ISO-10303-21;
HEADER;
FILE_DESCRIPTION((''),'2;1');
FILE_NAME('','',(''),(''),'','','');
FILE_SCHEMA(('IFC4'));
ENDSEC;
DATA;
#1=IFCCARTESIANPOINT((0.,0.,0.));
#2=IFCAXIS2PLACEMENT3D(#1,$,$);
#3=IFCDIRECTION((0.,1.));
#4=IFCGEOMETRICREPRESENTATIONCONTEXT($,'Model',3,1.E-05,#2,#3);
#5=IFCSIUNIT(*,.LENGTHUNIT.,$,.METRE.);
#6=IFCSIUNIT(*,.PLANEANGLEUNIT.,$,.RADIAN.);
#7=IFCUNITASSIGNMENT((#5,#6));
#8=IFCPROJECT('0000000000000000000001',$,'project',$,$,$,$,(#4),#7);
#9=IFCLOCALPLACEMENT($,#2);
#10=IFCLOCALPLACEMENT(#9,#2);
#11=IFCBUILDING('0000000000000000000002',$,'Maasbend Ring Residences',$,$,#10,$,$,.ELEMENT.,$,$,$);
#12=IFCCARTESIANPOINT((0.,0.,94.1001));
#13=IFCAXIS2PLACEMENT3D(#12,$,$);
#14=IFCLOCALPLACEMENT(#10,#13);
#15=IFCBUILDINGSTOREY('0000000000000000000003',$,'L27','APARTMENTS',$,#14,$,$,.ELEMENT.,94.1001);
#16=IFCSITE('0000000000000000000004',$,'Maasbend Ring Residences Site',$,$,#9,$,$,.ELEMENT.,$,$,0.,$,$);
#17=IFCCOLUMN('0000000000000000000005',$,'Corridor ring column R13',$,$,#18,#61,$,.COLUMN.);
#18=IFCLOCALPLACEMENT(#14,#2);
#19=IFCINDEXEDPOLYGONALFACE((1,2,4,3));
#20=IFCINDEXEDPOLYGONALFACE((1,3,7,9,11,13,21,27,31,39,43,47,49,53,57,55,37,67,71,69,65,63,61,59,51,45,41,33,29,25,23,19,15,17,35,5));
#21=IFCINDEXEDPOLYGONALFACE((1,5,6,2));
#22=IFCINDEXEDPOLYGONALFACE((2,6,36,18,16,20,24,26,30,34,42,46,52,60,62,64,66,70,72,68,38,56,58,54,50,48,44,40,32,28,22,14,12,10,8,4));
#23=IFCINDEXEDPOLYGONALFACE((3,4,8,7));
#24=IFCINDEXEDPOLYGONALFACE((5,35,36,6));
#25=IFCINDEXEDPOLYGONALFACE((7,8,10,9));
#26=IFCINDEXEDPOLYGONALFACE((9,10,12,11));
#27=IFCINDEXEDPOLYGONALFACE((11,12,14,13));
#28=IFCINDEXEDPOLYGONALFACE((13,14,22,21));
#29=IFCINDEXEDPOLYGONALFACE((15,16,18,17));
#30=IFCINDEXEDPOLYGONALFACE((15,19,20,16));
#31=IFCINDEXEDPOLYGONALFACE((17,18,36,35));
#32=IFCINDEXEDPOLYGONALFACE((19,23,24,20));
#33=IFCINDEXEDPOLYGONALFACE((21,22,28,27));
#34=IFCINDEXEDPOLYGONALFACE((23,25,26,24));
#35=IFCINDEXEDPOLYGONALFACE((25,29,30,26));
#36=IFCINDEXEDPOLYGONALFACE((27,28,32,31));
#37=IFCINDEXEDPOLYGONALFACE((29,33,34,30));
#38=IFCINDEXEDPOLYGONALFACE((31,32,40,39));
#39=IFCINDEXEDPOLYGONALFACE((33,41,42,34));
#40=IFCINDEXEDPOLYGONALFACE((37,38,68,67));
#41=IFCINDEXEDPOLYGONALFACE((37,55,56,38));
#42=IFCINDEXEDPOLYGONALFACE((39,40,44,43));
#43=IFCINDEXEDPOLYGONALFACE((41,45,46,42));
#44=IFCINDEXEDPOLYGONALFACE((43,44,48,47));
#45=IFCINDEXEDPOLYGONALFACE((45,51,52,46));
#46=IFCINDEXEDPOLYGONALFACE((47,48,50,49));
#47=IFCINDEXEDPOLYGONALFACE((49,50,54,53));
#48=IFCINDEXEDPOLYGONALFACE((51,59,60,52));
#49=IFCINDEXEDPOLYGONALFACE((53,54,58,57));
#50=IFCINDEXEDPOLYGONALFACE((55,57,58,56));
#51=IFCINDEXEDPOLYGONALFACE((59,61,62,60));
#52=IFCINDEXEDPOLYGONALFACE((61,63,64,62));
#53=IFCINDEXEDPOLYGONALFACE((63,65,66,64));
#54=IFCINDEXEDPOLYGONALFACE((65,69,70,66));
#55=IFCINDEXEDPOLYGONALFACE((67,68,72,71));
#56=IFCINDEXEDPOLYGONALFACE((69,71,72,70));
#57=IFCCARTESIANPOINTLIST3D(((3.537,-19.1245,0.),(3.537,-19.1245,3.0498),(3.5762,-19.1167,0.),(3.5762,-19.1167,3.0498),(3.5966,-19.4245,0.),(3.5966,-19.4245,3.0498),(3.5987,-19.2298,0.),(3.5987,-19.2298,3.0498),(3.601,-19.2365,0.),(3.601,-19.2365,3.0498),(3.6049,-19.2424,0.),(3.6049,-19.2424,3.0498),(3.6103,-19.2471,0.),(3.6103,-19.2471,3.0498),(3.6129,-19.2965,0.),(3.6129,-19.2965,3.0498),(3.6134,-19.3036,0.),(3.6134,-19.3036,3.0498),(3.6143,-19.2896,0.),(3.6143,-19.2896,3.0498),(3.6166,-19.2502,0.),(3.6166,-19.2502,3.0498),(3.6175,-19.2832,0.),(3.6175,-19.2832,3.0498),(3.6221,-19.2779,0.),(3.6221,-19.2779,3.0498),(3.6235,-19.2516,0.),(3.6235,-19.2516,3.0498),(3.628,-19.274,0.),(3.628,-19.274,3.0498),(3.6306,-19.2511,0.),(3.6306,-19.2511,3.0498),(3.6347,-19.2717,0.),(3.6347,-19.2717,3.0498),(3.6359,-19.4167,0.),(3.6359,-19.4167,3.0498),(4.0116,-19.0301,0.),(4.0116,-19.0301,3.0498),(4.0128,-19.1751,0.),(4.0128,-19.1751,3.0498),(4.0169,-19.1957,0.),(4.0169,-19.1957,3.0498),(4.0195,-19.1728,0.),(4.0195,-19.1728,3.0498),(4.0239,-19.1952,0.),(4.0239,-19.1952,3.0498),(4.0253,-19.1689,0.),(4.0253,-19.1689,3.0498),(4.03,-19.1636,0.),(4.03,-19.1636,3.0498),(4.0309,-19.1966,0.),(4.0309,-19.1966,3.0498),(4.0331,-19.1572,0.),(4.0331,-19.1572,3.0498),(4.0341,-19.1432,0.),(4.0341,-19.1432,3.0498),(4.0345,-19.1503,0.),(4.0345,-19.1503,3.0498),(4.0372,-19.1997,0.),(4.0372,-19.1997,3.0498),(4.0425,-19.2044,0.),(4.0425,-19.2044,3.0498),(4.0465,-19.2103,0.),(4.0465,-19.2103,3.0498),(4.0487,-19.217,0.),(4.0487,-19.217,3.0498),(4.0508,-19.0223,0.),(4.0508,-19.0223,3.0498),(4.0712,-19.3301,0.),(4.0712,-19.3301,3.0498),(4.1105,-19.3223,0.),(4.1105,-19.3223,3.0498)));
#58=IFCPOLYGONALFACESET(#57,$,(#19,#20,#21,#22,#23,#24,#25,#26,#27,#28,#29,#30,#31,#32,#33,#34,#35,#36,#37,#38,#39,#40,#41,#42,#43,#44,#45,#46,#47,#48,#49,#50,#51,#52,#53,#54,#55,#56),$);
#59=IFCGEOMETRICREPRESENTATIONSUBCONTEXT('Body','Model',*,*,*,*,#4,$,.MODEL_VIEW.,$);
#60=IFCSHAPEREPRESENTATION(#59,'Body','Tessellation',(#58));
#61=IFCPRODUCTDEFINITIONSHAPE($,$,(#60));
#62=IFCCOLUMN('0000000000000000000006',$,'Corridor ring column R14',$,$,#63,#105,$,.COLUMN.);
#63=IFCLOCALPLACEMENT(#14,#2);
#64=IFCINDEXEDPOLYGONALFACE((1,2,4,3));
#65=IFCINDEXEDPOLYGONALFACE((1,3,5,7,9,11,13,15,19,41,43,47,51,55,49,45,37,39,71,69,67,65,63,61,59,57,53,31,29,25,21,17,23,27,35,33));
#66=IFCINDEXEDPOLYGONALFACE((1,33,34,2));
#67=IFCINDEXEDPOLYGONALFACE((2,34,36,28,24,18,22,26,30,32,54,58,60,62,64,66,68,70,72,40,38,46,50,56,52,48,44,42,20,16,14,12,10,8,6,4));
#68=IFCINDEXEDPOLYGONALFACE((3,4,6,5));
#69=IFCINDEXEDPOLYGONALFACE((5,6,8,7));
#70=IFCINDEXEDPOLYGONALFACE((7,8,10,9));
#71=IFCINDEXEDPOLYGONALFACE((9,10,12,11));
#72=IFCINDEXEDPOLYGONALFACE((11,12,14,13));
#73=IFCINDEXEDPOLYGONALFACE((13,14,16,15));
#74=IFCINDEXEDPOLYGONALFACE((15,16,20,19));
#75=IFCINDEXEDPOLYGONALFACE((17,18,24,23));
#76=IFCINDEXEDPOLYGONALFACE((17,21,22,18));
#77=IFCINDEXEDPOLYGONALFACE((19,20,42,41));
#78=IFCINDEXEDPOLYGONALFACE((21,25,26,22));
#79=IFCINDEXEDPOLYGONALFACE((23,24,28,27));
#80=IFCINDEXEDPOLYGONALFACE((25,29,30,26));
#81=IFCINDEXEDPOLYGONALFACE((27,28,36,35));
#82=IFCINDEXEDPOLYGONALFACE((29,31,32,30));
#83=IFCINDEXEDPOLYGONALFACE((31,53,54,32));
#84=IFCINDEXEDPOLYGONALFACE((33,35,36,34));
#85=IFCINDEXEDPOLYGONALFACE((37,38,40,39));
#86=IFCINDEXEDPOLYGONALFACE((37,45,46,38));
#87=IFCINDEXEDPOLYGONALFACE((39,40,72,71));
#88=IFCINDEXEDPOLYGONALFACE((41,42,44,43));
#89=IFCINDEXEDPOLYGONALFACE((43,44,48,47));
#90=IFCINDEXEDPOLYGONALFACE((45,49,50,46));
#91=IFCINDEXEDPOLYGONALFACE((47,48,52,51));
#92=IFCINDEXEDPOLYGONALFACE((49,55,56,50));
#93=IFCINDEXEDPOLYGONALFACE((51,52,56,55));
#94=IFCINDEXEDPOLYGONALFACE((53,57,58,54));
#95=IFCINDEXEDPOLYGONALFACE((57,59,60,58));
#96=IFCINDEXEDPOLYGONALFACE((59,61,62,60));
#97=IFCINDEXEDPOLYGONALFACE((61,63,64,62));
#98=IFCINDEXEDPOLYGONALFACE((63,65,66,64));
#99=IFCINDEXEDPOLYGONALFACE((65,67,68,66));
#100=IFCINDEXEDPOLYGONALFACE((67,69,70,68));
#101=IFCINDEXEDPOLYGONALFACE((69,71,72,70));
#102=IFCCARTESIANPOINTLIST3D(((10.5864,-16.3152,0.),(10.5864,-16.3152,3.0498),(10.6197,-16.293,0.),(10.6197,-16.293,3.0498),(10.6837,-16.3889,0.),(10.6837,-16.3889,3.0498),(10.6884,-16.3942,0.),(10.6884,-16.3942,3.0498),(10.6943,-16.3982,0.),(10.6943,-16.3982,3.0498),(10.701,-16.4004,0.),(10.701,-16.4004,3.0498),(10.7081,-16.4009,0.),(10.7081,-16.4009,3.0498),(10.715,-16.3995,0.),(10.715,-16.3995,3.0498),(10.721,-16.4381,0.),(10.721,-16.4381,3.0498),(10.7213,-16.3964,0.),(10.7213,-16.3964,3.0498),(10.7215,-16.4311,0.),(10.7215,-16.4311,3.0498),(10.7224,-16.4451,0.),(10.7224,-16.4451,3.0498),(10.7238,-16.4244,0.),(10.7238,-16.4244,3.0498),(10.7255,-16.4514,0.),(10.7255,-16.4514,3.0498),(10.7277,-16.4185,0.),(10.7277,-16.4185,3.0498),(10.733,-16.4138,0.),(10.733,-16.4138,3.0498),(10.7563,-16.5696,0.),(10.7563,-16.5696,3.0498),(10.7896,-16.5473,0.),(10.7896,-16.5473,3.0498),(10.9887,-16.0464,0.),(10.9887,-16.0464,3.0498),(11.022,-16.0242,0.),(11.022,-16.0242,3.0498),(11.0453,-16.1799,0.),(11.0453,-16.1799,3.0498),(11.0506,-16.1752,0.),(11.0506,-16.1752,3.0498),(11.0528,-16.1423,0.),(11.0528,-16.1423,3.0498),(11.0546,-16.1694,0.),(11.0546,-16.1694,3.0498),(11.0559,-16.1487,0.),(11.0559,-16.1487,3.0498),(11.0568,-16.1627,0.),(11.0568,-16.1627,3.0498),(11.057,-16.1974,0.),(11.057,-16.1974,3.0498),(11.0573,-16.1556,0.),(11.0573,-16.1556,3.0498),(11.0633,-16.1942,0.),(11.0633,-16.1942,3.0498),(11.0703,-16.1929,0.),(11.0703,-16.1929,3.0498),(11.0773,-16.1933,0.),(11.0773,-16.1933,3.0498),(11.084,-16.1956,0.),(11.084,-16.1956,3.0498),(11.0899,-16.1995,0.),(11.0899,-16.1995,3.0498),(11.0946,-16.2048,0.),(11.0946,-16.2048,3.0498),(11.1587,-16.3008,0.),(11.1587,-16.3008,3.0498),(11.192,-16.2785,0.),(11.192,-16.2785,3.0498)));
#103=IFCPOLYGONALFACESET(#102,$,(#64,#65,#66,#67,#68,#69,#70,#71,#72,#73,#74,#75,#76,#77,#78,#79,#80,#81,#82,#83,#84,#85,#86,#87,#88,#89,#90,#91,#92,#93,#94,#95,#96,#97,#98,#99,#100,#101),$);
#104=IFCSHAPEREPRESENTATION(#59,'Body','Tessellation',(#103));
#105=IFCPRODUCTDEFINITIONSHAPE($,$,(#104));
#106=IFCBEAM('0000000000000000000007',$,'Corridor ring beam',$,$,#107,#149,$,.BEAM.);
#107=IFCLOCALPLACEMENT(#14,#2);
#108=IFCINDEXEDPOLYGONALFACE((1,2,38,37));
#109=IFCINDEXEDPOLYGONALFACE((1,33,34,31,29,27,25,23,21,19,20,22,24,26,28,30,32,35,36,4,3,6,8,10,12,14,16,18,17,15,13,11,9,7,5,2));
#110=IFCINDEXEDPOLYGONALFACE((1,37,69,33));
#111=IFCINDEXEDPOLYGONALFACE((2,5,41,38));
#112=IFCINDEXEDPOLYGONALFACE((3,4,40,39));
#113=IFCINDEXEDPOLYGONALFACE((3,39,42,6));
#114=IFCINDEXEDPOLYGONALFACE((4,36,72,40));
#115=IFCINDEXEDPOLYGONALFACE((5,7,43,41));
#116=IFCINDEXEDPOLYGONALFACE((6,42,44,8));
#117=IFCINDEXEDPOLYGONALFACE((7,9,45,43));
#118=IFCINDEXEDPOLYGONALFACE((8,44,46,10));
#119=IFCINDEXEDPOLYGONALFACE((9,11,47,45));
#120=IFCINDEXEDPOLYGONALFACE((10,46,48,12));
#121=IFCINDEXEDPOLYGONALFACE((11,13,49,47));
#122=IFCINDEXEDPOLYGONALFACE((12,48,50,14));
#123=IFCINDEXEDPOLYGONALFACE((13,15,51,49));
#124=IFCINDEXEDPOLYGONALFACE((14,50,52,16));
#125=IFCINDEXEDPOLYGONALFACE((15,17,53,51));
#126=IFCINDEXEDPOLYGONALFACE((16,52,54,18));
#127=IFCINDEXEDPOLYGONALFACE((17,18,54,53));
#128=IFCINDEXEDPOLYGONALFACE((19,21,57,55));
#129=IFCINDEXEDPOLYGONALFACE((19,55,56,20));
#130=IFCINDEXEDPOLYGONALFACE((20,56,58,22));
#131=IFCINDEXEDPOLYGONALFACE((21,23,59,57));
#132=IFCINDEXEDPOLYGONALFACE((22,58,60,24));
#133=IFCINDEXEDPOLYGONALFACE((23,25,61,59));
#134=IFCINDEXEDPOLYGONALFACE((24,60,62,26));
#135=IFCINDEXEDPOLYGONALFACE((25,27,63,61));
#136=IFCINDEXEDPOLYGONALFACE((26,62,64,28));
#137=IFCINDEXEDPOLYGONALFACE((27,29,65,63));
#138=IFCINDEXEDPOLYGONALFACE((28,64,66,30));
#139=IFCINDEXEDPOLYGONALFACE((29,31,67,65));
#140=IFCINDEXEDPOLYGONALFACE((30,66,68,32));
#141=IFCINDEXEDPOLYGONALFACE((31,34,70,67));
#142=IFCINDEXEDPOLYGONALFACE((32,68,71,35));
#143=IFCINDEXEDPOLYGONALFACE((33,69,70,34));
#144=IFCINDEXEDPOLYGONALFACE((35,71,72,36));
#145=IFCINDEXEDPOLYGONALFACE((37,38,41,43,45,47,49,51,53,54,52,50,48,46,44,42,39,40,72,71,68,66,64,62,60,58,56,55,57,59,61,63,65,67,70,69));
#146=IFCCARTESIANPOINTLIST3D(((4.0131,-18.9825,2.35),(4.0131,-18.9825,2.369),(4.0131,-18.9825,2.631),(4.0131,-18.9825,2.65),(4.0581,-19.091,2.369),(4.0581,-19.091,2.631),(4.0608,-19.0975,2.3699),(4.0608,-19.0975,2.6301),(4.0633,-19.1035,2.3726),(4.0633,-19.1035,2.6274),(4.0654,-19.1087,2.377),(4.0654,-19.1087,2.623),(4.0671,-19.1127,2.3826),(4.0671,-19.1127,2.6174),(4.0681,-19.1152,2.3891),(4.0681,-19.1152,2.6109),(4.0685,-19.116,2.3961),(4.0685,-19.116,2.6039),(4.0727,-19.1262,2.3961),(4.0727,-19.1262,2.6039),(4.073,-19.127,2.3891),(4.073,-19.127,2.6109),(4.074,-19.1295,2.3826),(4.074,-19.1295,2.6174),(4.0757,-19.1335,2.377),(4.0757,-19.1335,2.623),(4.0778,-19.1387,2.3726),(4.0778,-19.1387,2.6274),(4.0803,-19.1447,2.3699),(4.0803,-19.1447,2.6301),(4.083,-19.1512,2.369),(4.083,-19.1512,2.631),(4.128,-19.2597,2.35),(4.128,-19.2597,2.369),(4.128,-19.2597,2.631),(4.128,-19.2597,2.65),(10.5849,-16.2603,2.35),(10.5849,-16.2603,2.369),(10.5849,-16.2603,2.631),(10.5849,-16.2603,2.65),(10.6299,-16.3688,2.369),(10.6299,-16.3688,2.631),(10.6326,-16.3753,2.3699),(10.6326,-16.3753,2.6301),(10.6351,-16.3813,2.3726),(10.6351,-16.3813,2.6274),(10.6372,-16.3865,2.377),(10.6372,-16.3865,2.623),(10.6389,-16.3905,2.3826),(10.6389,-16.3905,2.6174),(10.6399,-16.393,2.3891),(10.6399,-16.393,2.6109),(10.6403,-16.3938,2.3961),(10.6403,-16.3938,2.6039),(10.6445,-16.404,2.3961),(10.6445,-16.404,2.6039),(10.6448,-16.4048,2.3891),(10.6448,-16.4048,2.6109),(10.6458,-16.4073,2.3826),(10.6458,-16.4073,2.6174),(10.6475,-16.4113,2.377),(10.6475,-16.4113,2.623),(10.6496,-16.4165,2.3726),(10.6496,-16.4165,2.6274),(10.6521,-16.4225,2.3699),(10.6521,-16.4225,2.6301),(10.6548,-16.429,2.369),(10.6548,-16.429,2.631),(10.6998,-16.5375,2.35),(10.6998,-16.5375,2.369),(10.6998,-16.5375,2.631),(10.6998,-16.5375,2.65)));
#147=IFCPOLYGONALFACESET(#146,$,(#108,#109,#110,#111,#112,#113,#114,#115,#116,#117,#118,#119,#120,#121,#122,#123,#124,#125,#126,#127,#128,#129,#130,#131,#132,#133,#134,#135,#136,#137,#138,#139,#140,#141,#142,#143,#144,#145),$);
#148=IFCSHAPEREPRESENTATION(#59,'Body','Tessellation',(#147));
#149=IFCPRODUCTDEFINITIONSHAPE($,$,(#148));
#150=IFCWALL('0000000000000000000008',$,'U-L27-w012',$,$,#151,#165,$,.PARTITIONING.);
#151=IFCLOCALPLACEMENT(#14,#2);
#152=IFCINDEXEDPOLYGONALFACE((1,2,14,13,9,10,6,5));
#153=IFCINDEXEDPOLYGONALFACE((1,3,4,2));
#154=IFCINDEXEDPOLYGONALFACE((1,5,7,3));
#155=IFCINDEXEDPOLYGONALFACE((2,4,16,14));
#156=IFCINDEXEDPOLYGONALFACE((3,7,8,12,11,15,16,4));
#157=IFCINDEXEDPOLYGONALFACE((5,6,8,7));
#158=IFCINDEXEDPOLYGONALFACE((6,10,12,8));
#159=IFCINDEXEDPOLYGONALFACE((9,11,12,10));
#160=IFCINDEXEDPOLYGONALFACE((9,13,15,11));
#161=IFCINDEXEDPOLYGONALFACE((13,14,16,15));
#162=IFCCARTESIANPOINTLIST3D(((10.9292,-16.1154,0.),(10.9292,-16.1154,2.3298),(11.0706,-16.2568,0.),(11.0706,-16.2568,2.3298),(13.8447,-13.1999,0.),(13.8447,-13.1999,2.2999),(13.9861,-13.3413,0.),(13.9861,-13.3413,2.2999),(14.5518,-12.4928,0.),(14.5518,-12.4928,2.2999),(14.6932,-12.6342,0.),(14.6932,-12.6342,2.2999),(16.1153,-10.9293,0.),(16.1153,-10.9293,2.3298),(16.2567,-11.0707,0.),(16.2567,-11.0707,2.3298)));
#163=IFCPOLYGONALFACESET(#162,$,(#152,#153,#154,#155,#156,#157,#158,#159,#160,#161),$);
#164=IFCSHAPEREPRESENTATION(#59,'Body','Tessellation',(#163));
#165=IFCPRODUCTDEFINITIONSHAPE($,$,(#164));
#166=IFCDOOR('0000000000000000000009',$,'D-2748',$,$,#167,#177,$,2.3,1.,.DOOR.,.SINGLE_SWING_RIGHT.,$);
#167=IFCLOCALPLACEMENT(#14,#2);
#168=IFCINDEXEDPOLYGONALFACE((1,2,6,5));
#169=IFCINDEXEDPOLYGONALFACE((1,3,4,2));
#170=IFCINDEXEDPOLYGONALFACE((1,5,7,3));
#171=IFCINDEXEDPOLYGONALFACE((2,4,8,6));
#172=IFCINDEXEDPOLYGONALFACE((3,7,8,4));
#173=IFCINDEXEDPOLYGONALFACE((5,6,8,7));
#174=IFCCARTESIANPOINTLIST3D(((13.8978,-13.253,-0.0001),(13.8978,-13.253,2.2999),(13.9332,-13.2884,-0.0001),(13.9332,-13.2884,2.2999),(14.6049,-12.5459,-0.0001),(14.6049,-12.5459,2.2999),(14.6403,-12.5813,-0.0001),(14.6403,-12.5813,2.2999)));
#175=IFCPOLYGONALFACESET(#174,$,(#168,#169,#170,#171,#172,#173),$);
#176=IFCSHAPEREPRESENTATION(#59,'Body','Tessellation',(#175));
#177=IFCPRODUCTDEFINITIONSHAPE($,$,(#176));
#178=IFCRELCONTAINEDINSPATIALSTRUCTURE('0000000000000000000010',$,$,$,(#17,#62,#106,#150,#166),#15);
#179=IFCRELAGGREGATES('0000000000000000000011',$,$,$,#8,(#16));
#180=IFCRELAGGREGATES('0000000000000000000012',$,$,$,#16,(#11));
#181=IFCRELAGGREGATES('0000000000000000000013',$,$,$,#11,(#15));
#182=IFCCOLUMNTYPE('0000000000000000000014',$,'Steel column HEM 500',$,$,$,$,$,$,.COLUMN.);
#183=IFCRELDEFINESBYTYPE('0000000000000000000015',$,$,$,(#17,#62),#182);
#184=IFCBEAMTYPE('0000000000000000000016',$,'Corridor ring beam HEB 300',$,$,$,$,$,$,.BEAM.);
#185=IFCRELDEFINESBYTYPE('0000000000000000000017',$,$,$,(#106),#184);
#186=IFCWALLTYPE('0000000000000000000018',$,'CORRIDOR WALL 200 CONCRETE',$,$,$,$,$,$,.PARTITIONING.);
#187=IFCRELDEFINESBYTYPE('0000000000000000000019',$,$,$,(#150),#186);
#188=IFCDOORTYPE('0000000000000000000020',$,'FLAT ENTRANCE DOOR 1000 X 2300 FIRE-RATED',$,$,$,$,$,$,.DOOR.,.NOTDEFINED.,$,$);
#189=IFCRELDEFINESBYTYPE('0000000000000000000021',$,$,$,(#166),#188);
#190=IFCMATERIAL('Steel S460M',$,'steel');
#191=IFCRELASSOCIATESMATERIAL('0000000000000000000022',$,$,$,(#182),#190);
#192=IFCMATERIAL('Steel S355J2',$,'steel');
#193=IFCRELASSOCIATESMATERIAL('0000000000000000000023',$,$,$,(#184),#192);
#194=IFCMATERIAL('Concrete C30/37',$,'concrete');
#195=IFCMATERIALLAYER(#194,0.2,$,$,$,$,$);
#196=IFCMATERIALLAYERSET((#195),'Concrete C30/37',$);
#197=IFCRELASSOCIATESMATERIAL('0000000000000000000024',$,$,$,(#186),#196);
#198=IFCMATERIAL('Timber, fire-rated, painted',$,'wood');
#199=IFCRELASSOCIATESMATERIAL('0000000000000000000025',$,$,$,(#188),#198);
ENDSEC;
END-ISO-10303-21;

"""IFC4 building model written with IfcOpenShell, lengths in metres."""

from ifc_helpers import new_model, si_unit, direction, frame, frame_2d, origin, origin_2d, place, context, subcontext, project, spatial, rectangle, i_section, extrude, material, layer, layer_set, material_profile, profile_set, type_object, element, fill, save


model = new_model("IFC4")

# Units and contexts
model_context = context("Model", 3, precision=1e-05, world=origin(), true_north=direction((0.0, 1.0)))
body_context = subcontext(model_context, "Body", "Model", "MODEL_VIEW")
ifc_project = project(units=[si_unit("LENGTHUNIT", "METRE"), si_unit("PLANEANGLEUNIT", "RADIAN")], contexts=[model_context])

# Site, building, storey
site_placement = place(None, origin())
site = spatial("IfcSite", under=ifc_project, at=site_placement, Name="Maasbend Ring Residences Site", CompositionType="ELEMENT", RefElevation=0.0)
building_placement = place(site_placement, origin())
building = spatial("IfcBuilding", under=site, at=building_placement, Name="Maasbend Ring Residences", CompositionType="ELEMENT")
storey_placement = place(building_placement, frame((0.0, 0.0, 94.1001)))
storey = spatial("IfcBuildingStorey", under=building, at=storey_placement, Name="L27", Description="APARTMENTS", CompositionType="ELEMENT", Elevation=94.1001)

# Columns
ifc_material_1 = material(Name="Steel S460M", Category="steel")
ifc_material_profile_1 = material_profile(ifc_material_1, i_section(OverallWidth=0.3059, OverallDepth=0.5239, WebThickness=0.021, FlangeThickness=0.04, FilletRadius=0.0271, at=origin_2d()), Name="HEM 500")
ifc_profile_set_1 = profile_set([ifc_material_profile_1], Name="Steel S460M")
column_type = type_object("IfcColumnType", Name="Steel column HEM 500", PredefinedType="COLUMN", material=ifc_profile_set_1)
for number, where, z_axis, x_axis, name in (
    (1, (3.8237, -19.2234, 0.0), (0.0, 0.0, 1.0), (0.19509, -0.980785, 0.0), "Corridor ring column R13"),
    (2, (10.8892, -16.2969, 0.0), (0.0, 0.0, 1.0), (0.55557, -0.83147, 0.0), "Corridor ring column R14"),
):
    element("IfcColumn", number, at=place(storey_placement, frame(where, z_axis=z_axis, x_axis=x_axis)), inside=storey, type_object=column_type, Name=name, PredefinedType="COLUMN", context=body_context, shape_type="SweptSolid", body=[
        extrude(i_section(OverallWidth=0.3059, OverallDepth=0.5239, WebThickness=0.021, FlangeThickness=0.04, FilletRadius=0.0271, at=origin_2d()), origin(), (0.0, 0.0, 1.0), 3.0498),
    ])

# Beam
ifc_material_2 = material(Name="Steel S355J2", Category="steel")
ifc_material_profile_2 = material_profile(ifc_material_2, i_section(OverallWidth=0.3, OverallDepth=0.3, WebThickness=0.011, FlangeThickness=0.019, FilletRadius=0.0271, at=origin_2d()), Name="HEB 300")
ifc_profile_set_2 = profile_set([ifc_material_profile_2], Name="Steel S355J2")
beam_type = type_object("IfcBeamType", Name="Corridor ring beam HEB 300", PredefinedType="BEAM", material=ifc_profile_set_2)
beam_placement = place(storey_placement, frame((4.0706, -19.1211, 2.5), z_axis=(0.923877, 0.382689, 0.0), x_axis=(-0.382689, 0.923877, 0.0)))
element("IfcBeam", 3, at=beam_placement, inside=storey, type_object=beam_type, Name="Corridor ring beam", PredefinedType="BEAM", context=body_context, shape_type="SweptSolid", body=[
    extrude(i_section(OverallWidth=0.3, OverallDepth=0.3, WebThickness=0.011, FlangeThickness=0.019, FilletRadius=0.0271, at=origin_2d()), origin(), (0.0, 0.0, 1.0), 7.1133),
])

# Wall, opening, door
ifc_material_3 = material(Name="Concrete C30/37", Category="concrete")
ifc_layer_1 = layer(ifc_material_3, 0.2)
ifc_layer_set_1 = layer_set([ifc_layer_1], Name="Concrete C30/37")
wall_type_1 = type_object("IfcWallType", Name="CORRIDOR WALL 200 CONCRETE", PredefinedType="PARTITIONING", material=ifc_layer_set_1)
wall_1_placement = place(storey_placement, frame((11.0, -16.186, 0.0), z_axis=(0.0, 0.0, 1.0), x_axis=(0.707107, 0.707107, 0.0)))
wall_1 = element("IfcWall", 4, at=wall_1_placement, inside=storey, type_object=wall_type_1, Name="U-L27-w012", PredefinedType="PARTITIONING", context=body_context, shape_type="SweptSolid", body=[
    extrude(rectangle(XDim=7.3342, YDim=0.2, at=frame_2d((3.667, 0.0))), origin(), (0.0, 0.0, 1.0), 2.3298),
])
opening_1_placement = place(wall_1_placement, frame((4.123, 0.0, 0.0)))
opening_1 = element("IfcOpeningElement", 5, at=opening_1_placement, cuts=wall_1, PredefinedType="OPENING", context=body_context, shape_type="SweptSolid", body=[
    extrude(rectangle(XDim=1.0, YDim=2.3, at=frame_2d((0.5, 1.1499))), frame((0.0, 0.1099, 0.0), z_axis=(0.0, -1.0, 0.0), x_axis=(1.0, 0.0, 0.0)), (0.0, 0.0, 1.0), 0.22),
])
ifc_material_4 = material(Name="Timber, fire-rated, painted", Category="wood")
door_type_1 = type_object("IfcDoorType", Name="FLAT ENTRANCE DOOR 1000 X 2300 FIRE-RATED", OperationType="NOTDEFINED", PredefinedType="DOOR", material=ifc_material_4)
door_1_placement = place(opening_1_placement, origin())
door_1 = element("IfcDoor", 6, at=door_1_placement, inside=storey, type_object=door_type_1, Name="D-2748", OperationType="SINGLE_SWING_RIGHT", OverallHeight=2.3, OverallWidth=1.0, PredefinedType="DOOR", context=body_context, shape_type="SweptSolid", body=[
    extrude(rectangle(XDim=1.0, YDim=2.3, at=frame_2d((0.5, 1.1499))), frame((0.0, 0.0249, 0.0), z_axis=(0.0, -1.0, 0.0), x_axis=(1.0, 0.0, 0.0)), (0.0, 0.0, 1.0), 0.05),
])
fill(opening_1, door_1)

save(model, "model.ifc")
